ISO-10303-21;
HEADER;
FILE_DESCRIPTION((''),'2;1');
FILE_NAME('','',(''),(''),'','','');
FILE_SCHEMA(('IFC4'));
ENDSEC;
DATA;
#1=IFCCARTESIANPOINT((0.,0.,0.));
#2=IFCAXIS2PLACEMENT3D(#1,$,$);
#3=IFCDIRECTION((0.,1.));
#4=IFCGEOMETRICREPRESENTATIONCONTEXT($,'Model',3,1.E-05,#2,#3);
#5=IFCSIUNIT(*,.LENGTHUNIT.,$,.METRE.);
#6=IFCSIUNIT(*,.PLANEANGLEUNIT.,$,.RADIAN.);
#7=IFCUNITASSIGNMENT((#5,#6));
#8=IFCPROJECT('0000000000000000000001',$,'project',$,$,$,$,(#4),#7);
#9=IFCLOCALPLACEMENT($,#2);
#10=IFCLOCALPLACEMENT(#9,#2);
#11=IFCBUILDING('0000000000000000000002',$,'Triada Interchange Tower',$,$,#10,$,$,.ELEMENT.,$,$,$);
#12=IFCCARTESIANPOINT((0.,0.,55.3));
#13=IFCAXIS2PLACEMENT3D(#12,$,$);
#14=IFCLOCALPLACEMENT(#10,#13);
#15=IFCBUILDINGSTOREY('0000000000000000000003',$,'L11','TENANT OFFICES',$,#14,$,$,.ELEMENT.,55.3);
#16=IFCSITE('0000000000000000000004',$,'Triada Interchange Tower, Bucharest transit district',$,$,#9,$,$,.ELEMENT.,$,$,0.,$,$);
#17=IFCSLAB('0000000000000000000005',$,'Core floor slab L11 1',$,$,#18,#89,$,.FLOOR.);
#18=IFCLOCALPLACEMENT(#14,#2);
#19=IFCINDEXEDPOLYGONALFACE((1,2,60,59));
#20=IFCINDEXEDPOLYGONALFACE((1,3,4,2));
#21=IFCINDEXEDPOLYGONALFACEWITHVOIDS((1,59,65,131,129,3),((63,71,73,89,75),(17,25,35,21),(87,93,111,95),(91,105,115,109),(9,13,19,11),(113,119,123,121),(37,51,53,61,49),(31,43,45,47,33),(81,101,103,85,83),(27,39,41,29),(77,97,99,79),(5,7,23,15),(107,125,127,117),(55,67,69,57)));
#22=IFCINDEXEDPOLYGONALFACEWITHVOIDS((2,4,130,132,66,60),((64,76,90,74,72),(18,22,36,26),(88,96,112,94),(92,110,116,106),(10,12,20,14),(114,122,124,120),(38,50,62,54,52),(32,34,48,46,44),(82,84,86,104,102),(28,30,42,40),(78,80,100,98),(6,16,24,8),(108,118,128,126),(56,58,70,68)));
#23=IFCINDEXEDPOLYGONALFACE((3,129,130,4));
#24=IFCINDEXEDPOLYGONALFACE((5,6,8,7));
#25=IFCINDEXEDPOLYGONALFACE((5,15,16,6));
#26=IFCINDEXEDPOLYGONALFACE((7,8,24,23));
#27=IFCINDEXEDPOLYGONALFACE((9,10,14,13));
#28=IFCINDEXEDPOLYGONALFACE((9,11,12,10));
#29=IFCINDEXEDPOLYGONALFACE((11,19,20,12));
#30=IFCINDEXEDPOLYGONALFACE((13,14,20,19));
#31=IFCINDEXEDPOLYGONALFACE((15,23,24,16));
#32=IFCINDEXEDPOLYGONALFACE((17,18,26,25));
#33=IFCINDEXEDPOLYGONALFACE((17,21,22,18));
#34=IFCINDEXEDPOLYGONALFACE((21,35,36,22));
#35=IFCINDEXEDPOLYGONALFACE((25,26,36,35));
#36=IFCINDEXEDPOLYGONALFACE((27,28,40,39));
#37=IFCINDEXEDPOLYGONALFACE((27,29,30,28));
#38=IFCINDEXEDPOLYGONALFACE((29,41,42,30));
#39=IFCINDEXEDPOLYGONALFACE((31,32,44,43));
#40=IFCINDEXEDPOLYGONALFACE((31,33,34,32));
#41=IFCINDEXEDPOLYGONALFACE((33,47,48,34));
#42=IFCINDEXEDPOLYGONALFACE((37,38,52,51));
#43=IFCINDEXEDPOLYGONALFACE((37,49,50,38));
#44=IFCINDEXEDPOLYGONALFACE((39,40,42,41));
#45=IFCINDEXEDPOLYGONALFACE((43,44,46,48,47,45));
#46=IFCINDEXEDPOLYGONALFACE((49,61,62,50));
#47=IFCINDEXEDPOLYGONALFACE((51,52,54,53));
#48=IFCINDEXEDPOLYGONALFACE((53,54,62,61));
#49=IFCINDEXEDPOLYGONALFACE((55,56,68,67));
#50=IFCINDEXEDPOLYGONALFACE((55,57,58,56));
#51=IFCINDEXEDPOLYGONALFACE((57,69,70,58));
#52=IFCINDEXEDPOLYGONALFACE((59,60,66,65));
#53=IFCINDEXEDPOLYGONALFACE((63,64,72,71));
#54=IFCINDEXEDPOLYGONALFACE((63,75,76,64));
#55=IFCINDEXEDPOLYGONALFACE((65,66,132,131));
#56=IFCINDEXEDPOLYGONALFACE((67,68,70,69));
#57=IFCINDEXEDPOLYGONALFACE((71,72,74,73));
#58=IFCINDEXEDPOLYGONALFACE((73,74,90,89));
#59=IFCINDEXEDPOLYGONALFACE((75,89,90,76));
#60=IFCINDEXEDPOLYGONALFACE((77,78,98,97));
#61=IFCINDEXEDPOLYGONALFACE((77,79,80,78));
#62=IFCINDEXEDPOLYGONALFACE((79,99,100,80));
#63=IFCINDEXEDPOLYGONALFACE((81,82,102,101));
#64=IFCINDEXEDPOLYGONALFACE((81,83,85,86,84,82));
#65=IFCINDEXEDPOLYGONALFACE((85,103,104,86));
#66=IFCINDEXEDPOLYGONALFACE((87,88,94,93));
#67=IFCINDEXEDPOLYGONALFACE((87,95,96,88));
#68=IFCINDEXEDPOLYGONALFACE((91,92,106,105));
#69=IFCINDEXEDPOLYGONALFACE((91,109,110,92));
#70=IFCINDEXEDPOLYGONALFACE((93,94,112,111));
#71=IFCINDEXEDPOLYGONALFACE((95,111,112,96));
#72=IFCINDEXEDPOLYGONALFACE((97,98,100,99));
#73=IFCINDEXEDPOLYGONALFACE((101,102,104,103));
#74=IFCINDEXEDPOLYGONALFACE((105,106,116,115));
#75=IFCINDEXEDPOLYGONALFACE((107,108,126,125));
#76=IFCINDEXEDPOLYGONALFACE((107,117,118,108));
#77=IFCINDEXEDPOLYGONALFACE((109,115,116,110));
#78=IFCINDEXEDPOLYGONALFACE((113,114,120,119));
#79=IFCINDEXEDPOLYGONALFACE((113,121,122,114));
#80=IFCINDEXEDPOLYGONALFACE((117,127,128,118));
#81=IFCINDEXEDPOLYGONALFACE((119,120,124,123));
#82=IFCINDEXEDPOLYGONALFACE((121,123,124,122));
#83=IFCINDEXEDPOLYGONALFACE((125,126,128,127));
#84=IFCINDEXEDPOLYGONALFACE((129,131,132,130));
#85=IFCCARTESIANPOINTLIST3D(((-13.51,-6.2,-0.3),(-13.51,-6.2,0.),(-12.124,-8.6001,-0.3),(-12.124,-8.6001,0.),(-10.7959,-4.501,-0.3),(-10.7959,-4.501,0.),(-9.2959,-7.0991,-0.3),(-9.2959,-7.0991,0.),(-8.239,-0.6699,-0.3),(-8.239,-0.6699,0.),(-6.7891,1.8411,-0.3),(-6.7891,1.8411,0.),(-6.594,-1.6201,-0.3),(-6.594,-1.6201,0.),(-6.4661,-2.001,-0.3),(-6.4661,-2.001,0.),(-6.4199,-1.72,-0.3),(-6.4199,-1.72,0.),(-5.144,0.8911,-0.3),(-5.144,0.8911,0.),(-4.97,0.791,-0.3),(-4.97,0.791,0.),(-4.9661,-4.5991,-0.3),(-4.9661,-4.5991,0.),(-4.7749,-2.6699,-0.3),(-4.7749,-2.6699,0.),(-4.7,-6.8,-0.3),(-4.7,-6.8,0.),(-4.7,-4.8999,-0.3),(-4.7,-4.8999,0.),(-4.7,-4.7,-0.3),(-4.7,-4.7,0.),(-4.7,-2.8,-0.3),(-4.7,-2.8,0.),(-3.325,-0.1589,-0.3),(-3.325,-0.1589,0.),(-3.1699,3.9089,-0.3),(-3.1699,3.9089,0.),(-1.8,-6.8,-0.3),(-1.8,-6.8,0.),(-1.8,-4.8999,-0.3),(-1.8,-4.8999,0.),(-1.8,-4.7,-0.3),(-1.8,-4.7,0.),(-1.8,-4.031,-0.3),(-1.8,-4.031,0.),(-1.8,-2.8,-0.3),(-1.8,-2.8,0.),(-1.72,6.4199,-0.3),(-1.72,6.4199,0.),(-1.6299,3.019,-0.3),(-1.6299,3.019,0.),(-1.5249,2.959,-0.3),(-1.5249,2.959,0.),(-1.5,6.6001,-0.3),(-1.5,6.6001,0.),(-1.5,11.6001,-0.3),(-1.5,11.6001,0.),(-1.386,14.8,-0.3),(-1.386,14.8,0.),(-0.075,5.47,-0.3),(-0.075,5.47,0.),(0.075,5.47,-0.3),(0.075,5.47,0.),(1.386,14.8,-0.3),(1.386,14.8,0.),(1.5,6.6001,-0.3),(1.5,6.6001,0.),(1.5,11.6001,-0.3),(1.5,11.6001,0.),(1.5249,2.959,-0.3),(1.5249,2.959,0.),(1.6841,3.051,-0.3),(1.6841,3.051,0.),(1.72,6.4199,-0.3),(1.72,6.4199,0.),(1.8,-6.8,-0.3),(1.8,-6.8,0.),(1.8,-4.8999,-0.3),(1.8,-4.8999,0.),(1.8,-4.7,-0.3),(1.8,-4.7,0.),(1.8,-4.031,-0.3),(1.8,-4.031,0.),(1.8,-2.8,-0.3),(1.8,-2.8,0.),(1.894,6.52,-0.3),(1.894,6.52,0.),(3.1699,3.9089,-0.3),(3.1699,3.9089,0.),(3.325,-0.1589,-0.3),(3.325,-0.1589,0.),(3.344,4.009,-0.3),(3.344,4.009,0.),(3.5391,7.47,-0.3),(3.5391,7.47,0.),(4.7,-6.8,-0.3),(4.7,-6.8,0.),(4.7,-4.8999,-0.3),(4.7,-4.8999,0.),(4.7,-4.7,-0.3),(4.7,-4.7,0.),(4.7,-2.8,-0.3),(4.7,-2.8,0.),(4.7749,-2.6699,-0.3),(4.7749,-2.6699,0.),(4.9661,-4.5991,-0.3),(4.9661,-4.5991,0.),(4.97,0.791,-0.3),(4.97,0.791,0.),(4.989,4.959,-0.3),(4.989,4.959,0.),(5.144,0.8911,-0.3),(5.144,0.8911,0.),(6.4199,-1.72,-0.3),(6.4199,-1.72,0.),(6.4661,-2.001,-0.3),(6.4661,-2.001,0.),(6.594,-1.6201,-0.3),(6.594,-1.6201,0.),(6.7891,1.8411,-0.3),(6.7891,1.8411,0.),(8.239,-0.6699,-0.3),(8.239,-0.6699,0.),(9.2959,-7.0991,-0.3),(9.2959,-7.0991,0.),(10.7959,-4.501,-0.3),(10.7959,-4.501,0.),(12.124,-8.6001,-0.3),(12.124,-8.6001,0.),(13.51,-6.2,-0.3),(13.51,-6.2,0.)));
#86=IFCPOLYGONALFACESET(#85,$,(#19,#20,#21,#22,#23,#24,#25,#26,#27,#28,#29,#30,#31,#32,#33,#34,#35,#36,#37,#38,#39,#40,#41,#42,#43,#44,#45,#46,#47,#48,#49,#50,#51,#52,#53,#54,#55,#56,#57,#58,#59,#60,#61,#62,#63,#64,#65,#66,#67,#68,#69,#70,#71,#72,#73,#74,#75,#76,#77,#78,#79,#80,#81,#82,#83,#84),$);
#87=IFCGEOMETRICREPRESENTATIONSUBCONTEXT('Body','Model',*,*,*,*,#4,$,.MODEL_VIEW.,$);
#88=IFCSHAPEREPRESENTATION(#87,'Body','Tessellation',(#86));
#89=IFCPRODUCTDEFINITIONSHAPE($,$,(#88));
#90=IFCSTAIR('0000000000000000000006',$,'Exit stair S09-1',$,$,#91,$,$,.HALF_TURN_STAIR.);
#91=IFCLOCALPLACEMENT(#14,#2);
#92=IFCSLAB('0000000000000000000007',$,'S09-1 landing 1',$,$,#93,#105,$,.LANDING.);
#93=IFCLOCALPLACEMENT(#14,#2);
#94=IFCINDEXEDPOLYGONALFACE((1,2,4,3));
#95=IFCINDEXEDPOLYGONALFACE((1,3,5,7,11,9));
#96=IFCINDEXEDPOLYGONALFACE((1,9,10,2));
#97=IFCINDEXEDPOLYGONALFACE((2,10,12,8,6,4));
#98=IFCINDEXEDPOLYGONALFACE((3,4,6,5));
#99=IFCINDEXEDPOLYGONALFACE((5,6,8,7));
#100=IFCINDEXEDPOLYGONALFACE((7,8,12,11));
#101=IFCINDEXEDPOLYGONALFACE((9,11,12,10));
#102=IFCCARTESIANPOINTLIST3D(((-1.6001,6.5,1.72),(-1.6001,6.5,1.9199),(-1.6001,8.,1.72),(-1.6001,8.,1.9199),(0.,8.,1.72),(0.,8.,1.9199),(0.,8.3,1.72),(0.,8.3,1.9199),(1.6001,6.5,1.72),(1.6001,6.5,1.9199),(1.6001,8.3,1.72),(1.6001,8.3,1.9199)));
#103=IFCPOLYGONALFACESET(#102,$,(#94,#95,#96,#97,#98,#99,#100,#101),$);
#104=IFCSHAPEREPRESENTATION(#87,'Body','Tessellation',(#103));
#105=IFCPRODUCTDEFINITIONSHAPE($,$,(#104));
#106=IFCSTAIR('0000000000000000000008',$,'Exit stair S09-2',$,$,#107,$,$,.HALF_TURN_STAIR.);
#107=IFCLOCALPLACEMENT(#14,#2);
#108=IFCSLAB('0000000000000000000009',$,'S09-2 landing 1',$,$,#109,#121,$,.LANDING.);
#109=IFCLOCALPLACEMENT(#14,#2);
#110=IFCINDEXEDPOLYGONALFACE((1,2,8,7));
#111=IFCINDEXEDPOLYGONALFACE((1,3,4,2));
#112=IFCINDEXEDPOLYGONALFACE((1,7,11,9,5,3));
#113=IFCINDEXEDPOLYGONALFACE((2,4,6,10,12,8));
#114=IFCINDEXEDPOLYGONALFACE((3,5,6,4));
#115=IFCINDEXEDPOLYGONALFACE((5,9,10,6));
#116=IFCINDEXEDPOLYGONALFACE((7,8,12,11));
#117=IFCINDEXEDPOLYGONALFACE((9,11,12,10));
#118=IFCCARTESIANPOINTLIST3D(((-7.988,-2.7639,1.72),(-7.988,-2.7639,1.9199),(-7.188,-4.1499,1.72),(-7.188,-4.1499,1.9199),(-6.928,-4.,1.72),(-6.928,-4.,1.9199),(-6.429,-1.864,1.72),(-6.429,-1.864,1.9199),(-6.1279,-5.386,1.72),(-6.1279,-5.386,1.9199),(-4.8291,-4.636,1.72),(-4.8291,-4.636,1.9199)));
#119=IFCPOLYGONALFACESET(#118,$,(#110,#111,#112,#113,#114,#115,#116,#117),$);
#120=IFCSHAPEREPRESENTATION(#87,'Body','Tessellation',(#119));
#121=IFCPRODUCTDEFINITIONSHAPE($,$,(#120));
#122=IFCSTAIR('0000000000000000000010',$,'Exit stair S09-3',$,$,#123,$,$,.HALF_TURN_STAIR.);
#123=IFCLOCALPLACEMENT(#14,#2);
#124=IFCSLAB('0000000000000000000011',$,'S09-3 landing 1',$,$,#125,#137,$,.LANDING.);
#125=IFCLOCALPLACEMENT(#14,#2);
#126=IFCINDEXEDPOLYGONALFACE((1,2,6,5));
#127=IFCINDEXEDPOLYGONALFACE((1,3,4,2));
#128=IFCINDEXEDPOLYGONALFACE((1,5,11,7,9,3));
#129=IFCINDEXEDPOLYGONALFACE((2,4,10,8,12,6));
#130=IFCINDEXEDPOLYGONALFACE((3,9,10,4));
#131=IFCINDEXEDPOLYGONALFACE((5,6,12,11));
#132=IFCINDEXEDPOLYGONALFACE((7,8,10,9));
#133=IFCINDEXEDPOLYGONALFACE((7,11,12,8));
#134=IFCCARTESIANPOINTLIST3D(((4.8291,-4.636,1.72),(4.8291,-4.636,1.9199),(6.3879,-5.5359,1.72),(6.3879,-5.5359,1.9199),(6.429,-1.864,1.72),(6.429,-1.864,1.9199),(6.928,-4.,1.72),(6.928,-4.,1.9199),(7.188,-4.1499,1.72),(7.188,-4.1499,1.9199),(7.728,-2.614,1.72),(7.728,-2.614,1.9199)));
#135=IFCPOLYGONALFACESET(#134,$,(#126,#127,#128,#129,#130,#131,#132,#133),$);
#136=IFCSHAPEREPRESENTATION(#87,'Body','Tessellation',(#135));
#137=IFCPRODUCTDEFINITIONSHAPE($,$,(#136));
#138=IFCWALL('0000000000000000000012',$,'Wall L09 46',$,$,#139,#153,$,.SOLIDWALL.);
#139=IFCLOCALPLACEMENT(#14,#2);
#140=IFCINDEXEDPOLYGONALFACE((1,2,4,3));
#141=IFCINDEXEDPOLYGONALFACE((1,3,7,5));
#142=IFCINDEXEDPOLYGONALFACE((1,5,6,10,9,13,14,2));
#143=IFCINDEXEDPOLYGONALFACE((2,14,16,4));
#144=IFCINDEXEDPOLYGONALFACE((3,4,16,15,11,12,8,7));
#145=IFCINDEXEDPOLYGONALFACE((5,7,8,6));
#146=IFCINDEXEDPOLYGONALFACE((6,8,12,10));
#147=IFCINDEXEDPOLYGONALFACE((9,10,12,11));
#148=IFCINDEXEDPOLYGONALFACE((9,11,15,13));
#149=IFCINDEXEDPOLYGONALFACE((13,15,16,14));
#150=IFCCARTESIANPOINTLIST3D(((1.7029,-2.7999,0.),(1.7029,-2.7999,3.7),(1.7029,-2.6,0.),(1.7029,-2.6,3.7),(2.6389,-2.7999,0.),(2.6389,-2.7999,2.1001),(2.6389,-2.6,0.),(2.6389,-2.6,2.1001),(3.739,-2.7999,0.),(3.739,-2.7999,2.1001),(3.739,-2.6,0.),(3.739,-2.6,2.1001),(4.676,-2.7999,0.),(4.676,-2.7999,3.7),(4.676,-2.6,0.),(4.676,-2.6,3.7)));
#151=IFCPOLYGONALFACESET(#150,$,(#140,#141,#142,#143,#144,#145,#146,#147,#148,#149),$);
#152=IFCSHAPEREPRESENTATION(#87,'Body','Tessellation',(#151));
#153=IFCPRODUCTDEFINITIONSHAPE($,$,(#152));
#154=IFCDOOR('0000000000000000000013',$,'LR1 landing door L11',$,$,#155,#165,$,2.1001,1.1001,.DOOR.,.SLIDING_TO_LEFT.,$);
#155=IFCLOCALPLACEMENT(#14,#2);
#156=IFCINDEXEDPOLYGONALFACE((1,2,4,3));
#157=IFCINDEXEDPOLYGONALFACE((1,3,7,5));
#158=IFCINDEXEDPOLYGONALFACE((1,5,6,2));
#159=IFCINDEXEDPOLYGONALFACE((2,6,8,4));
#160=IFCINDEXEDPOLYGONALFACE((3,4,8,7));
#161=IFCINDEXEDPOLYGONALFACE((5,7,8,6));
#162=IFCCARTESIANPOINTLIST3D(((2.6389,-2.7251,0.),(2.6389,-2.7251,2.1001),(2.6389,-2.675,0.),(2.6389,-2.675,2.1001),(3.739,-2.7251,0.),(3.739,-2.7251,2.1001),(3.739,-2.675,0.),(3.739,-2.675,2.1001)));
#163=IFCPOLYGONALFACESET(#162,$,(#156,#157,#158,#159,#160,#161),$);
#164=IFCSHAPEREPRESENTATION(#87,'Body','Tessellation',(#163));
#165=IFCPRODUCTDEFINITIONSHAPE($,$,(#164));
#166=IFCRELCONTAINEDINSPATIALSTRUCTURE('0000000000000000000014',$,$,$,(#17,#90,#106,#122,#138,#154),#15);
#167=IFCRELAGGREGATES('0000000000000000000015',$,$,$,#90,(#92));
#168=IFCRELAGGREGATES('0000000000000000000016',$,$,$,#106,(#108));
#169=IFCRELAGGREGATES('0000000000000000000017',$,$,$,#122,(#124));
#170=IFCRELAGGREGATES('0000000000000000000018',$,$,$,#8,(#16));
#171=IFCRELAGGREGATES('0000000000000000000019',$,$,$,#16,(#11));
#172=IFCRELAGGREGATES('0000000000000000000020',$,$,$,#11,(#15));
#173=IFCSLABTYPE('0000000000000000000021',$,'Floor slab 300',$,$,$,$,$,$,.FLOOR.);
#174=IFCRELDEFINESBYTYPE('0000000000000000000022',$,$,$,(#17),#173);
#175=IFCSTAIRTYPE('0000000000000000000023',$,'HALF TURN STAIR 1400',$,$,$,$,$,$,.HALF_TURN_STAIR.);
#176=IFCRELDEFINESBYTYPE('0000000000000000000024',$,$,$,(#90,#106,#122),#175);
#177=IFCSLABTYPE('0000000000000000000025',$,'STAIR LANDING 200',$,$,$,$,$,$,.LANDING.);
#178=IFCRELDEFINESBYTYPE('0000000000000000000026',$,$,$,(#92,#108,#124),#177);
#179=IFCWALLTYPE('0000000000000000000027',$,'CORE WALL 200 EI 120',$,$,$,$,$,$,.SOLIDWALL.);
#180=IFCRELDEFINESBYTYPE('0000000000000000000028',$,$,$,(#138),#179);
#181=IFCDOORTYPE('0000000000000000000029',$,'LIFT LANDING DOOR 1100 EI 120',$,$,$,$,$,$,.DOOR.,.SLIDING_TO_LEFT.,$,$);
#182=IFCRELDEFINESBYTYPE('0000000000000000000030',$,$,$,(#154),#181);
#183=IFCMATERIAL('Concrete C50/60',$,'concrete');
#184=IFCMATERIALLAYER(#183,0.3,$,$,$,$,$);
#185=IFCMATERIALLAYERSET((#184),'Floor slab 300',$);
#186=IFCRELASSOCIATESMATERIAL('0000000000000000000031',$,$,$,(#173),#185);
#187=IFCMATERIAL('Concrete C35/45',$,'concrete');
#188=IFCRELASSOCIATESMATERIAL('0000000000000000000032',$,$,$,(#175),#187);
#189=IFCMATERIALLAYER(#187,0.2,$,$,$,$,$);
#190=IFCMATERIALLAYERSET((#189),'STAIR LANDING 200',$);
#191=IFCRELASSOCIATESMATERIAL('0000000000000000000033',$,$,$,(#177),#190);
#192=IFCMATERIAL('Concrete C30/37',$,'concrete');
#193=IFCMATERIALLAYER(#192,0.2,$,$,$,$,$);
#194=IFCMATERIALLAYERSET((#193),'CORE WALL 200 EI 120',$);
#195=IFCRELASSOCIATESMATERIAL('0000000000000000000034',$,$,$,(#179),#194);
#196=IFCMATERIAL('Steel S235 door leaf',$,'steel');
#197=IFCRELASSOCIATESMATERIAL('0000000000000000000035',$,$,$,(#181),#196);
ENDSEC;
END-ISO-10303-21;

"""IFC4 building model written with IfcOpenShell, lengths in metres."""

from ifc_helpers import new_model, si_unit, direction, frame, frame_2d, origin, place, context, subcontext, project, spatial, polyline, rectangle, outline, extrude, material, layer, layer_set, type_object, element, fill, aggregate, save


model = new_model("IFC4")

# Units and contexts
model_context = context("Model", 3, precision=1e-05, world=origin(), true_north=direction((0.0, 1.0)))
body_context = subcontext(model_context, "Body", "Model", "MODEL_VIEW")
ifc_project = project(units=[si_unit("LENGTHUNIT", "METRE"), si_unit("PLANEANGLEUNIT", "RADIAN")], contexts=[model_context])

# Site, building, storey
site_placement = place(None, origin())
site = spatial("IfcSite", under=ifc_project, at=site_placement, Name="Triada Interchange Tower, Bucharest transit district", CompositionType="ELEMENT", RefElevation=0.0)
building_placement = place(site_placement, origin())
building = spatial("IfcBuilding", under=site, at=building_placement, Name="Triada Interchange Tower", CompositionType="ELEMENT")
storey_placement = place(building_placement, frame((0.0, 0.0, 55.3)))
storey = spatial("IfcBuildingStorey", under=building, at=storey_placement, Name="L11", Description="TENANT OFFICES", CompositionType="ELEMENT", Elevation=55.3)

# Slab
ifc_material_1 = material(Name="Concrete C50/60", Category="concrete")
ifc_layer_1 = layer(ifc_material_1, 0.3)
ifc_layer_set_1 = layer_set([ifc_layer_1], Name="Floor slab 300")
slab_type_1 = type_object("IfcSlabType", Name="Floor slab 300", PredefinedType="FLOOR", material=ifc_layer_set_1)
slab_1_placement = place(storey_placement, frame((0.0, 0.0, -0.3)))
element("IfcSlab", 1, at=slab_1_placement, inside=storey, type_object=slab_type_1, Name="Core floor slab L11 1", PredefinedType="FLOOR", context=body_context, shape_type="SweptSolid", body=[
    extrude(outline(polyline([(13.51, -6.2), (12.124, -8.6001), (-12.124, -8.6001), (-13.51, -6.2), (-1.386, 14.8), (1.386, 14.8), (13.51, -6.2)]), holes=[polyline([(9.2959, -7.0991), (10.7959, -4.501), (6.4661, -2.001), (4.9661, -4.5991), (9.2959, -7.0991)]), polyline([(6.7891, 1.8411), (5.144, 0.8911), (6.594, -1.6201), (8.239, -0.6699), (6.7891, 1.8411)]), polyline([(4.97, 0.791), (3.325, -0.1589), (4.7749, -2.6699), (6.4199, -1.72), (4.97, 0.791)]), polyline([(1.894, 6.52), (3.344, 4.009), (4.989, 4.959), (3.5391, 7.47), (1.894, 6.52)]), polyline([(1.8, -4.8999), (1.8, -6.8), (4.7, -6.8), (4.7, -4.8999), (1.8, -4.8999)]), polyline([(1.8, -2.8), (1.8, -4.031), (1.8, -4.7), (4.7, -4.7), (4.7, -2.8), (1.8, -2.8)]), polyline([(1.5249, 2.959), (1.6841, 3.051), (3.1699, 3.9089), (1.72, 6.4199), (0.075, 5.47), (1.5249, 2.959)]), polyline([(1.5, 11.6001), (-1.5, 11.6001), (-1.5, 6.6001), (1.5, 6.6001), (1.5, 11.6001)]), polyline([(-0.075, 5.47), (-1.72, 6.4199), (-3.1699, 3.9089), (-1.6299, 3.019), (-1.5249, 2.959), (-0.075, 5.47)]), polyline([(-4.7, -2.8), (-4.7, -4.7), (-1.8, -4.7), (-1.8, -4.031), (-1.8, -2.8), (-4.7, -2.8)]), polyline([(-4.7, -4.8999), (-4.7, -6.8), (-1.8, -6.8), (-1.8, -4.8999), (-4.7, -4.8999)]), polyline([(-4.7749, -2.6699), (-3.325, -0.1589), (-4.97, 0.791), (-6.4199, -1.72), (-4.7749, -2.6699)]), polyline([(-10.7959, -4.501), (-9.2959, -7.0991), (-4.9661, -4.5991), (-6.4661, -2.001), (-10.7959, -4.501)]), polyline([(-6.594, -1.6201), (-5.144, 0.8911), (-6.7891, 1.8411), (-8.239, -0.6699), (-6.594, -1.6201)])]), origin(), (0.0, 0.0, 1.0), 0.3),
])

# Stairs, slabs
ifc_material_2 = material(Name="Concrete C35/45", Category="concrete")
stair_type = type_object("IfcStairType", Name="HALF TURN STAIR 1400", PredefinedType="HALF_TURN_STAIR", material=ifc_material_2)
stair_1_placement = place(storey_placement, origin())
stair_1 = element("IfcStair", 2, at=stair_1_placement, inside=storey, type_object=stair_type, Name="Exit stair S09-1", PredefinedType="HALF_TURN_STAIR")
ifc_layer_2 = layer(ifc_material_2, 0.2)
ifc_layer_set_2 = layer_set([ifc_layer_2], Name="STAIR LANDING 200")
slab_type_2 = type_object("IfcSlabType", Name="STAIR LANDING 200", PredefinedType="LANDING", material=ifc_layer_set_2)
slab_2_placement = place(storey_placement, frame((0.0, 0.0, 1.72)))
slab_2 = element("IfcSlab", 3, at=slab_2_placement, type_object=slab_type_2, Name="S09-1 landing 1", PredefinedType="LANDING", context=body_context, shape_type="SweptSolid", body=[
    extrude(outline(polyline([(1.6001, 6.5), (1.6001, 8.3), (0.0, 8.3), (0.0, 8.0), (-1.6001, 8.0), (-1.6001, 6.5), (1.6001, 6.5)])), origin(), (0.0, 0.0, 1.0), 0.2),
])
aggregate(stair_1, [slab_2])
stair_2_placement = place(storey_placement, origin())
stair_2 = element("IfcStair", 4, at=stair_2_placement, inside=storey, type_object=stair_type, Name="Exit stair S09-2", PredefinedType="HALF_TURN_STAIR")
slab_3_placement = place(storey_placement, frame((0.0, 0.0, 1.72)))
slab_3 = element("IfcSlab", 5, at=slab_3_placement, type_object=slab_type_2, Name="S09-2 landing 1", PredefinedType="LANDING", context=body_context, shape_type="SweptSolid", body=[
    extrude(outline(polyline([(-6.429, -1.864), (-7.988, -2.7639), (-7.188, -4.1499), (-6.928, -4.0), (-6.1279, -5.386), (-4.8291, -4.636), (-6.429, -1.864)])), origin(), (0.0, 0.0, 1.0), 0.2),
])
aggregate(stair_2, [slab_3])
stair_3_placement = place(storey_placement, origin())
stair_3 = element("IfcStair", 6, at=stair_3_placement, inside=storey, type_object=stair_type, Name="Exit stair S09-3", PredefinedType="HALF_TURN_STAIR")
slab_4_placement = place(storey_placement, frame((0.0, 0.0, 1.72)))
slab_4 = element("IfcSlab", 7, at=slab_4_placement, type_object=slab_type_2, Name="S09-3 landing 1", PredefinedType="LANDING", context=body_context, shape_type="SweptSolid", body=[
    extrude(outline(polyline([(4.8291, -4.636), (6.3879, -5.5359), (7.188, -4.1499), (6.928, -4.0), (7.728, -2.614), (6.429, -1.864), (4.8291, -4.636)])), origin(), (0.0, 0.0, 1.0), 0.2),
])
aggregate(stair_3, [slab_4])

# Wall, opening, door
ifc_material_3 = material(Name="Concrete C30/37", Category="concrete")
ifc_layer_3 = layer(ifc_material_3, 0.2)
ifc_layer_set_3 = layer_set([ifc_layer_3], Name="CORE WALL 200 EI 120")
wall_type = type_object("IfcWallType", Name="CORE WALL 200 EI 120", PredefinedType="SOLIDWALL", material=ifc_layer_set_3)
wall_1_placement = place(storey_placement, frame((1.7029, -2.7, 0.0), z_axis=(0.0, 0.0, 1.0), x_axis=(1.0, 0.0, 0.0)))
wall_1 = element("IfcWall", 8, at=wall_1_placement, inside=storey, type_object=wall_type, Name="Wall L09 46", PredefinedType="SOLIDWALL", context=body_context, shape_type="SweptSolid", body=[
    extrude(rectangle(XDim=2.9731, YDim=0.2, at=frame_2d((1.4866, 0.0))), origin(), (0.0, 0.0, 1.0), 3.7),
])
opening_1_placement = place(wall_1_placement, frame((0.936, 0.0, 0.0)))
opening_1 = element("IfcOpeningElement", 9, at=opening_1_placement, cuts=wall_1, PredefinedType="OPENING", context=body_context, shape_type="SweptSolid", body=[
    extrude(rectangle(XDim=1.1001, YDim=2.1001, at=frame_2d((0.55, 1.05))), frame((0.0, 0.1099, 0.0), z_axis=(0.0, -1.0, 0.0), x_axis=(1.0, 0.0, 0.0)), (0.0, 0.0, 1.0), 0.22),
])
ifc_material_4 = material(Name="Steel S235 door leaf", Category="steel")
door_type = type_object("IfcDoorType", Name="LIFT LANDING DOOR 1100 EI 120", OperationType="SLIDING_TO_LEFT", PredefinedType="DOOR", material=ifc_material_4)
door_1_placement = place(opening_1_placement, origin())
door_1 = element("IfcDoor", 10, at=door_1_placement, inside=storey, type_object=door_type, Name="LR1 landing door L11", OperationType="SLIDING_TO_LEFT", OverallHeight=2.1001, OverallWidth=1.1001, PredefinedType="DOOR", context=body_context, shape_type="SweptSolid", body=[
    extrude(rectangle(XDim=1.1001, YDim=2.1001, at=frame_2d((0.55, 1.05))), frame((0.0, 0.0249, 0.0), z_axis=(0.0, -1.0, 0.0), x_axis=(1.0, 0.0, 0.0)), (0.0, 0.0, 1.0), 0.05),
])
fill(opening_1, door_1)

save(model, "model.ifc")
